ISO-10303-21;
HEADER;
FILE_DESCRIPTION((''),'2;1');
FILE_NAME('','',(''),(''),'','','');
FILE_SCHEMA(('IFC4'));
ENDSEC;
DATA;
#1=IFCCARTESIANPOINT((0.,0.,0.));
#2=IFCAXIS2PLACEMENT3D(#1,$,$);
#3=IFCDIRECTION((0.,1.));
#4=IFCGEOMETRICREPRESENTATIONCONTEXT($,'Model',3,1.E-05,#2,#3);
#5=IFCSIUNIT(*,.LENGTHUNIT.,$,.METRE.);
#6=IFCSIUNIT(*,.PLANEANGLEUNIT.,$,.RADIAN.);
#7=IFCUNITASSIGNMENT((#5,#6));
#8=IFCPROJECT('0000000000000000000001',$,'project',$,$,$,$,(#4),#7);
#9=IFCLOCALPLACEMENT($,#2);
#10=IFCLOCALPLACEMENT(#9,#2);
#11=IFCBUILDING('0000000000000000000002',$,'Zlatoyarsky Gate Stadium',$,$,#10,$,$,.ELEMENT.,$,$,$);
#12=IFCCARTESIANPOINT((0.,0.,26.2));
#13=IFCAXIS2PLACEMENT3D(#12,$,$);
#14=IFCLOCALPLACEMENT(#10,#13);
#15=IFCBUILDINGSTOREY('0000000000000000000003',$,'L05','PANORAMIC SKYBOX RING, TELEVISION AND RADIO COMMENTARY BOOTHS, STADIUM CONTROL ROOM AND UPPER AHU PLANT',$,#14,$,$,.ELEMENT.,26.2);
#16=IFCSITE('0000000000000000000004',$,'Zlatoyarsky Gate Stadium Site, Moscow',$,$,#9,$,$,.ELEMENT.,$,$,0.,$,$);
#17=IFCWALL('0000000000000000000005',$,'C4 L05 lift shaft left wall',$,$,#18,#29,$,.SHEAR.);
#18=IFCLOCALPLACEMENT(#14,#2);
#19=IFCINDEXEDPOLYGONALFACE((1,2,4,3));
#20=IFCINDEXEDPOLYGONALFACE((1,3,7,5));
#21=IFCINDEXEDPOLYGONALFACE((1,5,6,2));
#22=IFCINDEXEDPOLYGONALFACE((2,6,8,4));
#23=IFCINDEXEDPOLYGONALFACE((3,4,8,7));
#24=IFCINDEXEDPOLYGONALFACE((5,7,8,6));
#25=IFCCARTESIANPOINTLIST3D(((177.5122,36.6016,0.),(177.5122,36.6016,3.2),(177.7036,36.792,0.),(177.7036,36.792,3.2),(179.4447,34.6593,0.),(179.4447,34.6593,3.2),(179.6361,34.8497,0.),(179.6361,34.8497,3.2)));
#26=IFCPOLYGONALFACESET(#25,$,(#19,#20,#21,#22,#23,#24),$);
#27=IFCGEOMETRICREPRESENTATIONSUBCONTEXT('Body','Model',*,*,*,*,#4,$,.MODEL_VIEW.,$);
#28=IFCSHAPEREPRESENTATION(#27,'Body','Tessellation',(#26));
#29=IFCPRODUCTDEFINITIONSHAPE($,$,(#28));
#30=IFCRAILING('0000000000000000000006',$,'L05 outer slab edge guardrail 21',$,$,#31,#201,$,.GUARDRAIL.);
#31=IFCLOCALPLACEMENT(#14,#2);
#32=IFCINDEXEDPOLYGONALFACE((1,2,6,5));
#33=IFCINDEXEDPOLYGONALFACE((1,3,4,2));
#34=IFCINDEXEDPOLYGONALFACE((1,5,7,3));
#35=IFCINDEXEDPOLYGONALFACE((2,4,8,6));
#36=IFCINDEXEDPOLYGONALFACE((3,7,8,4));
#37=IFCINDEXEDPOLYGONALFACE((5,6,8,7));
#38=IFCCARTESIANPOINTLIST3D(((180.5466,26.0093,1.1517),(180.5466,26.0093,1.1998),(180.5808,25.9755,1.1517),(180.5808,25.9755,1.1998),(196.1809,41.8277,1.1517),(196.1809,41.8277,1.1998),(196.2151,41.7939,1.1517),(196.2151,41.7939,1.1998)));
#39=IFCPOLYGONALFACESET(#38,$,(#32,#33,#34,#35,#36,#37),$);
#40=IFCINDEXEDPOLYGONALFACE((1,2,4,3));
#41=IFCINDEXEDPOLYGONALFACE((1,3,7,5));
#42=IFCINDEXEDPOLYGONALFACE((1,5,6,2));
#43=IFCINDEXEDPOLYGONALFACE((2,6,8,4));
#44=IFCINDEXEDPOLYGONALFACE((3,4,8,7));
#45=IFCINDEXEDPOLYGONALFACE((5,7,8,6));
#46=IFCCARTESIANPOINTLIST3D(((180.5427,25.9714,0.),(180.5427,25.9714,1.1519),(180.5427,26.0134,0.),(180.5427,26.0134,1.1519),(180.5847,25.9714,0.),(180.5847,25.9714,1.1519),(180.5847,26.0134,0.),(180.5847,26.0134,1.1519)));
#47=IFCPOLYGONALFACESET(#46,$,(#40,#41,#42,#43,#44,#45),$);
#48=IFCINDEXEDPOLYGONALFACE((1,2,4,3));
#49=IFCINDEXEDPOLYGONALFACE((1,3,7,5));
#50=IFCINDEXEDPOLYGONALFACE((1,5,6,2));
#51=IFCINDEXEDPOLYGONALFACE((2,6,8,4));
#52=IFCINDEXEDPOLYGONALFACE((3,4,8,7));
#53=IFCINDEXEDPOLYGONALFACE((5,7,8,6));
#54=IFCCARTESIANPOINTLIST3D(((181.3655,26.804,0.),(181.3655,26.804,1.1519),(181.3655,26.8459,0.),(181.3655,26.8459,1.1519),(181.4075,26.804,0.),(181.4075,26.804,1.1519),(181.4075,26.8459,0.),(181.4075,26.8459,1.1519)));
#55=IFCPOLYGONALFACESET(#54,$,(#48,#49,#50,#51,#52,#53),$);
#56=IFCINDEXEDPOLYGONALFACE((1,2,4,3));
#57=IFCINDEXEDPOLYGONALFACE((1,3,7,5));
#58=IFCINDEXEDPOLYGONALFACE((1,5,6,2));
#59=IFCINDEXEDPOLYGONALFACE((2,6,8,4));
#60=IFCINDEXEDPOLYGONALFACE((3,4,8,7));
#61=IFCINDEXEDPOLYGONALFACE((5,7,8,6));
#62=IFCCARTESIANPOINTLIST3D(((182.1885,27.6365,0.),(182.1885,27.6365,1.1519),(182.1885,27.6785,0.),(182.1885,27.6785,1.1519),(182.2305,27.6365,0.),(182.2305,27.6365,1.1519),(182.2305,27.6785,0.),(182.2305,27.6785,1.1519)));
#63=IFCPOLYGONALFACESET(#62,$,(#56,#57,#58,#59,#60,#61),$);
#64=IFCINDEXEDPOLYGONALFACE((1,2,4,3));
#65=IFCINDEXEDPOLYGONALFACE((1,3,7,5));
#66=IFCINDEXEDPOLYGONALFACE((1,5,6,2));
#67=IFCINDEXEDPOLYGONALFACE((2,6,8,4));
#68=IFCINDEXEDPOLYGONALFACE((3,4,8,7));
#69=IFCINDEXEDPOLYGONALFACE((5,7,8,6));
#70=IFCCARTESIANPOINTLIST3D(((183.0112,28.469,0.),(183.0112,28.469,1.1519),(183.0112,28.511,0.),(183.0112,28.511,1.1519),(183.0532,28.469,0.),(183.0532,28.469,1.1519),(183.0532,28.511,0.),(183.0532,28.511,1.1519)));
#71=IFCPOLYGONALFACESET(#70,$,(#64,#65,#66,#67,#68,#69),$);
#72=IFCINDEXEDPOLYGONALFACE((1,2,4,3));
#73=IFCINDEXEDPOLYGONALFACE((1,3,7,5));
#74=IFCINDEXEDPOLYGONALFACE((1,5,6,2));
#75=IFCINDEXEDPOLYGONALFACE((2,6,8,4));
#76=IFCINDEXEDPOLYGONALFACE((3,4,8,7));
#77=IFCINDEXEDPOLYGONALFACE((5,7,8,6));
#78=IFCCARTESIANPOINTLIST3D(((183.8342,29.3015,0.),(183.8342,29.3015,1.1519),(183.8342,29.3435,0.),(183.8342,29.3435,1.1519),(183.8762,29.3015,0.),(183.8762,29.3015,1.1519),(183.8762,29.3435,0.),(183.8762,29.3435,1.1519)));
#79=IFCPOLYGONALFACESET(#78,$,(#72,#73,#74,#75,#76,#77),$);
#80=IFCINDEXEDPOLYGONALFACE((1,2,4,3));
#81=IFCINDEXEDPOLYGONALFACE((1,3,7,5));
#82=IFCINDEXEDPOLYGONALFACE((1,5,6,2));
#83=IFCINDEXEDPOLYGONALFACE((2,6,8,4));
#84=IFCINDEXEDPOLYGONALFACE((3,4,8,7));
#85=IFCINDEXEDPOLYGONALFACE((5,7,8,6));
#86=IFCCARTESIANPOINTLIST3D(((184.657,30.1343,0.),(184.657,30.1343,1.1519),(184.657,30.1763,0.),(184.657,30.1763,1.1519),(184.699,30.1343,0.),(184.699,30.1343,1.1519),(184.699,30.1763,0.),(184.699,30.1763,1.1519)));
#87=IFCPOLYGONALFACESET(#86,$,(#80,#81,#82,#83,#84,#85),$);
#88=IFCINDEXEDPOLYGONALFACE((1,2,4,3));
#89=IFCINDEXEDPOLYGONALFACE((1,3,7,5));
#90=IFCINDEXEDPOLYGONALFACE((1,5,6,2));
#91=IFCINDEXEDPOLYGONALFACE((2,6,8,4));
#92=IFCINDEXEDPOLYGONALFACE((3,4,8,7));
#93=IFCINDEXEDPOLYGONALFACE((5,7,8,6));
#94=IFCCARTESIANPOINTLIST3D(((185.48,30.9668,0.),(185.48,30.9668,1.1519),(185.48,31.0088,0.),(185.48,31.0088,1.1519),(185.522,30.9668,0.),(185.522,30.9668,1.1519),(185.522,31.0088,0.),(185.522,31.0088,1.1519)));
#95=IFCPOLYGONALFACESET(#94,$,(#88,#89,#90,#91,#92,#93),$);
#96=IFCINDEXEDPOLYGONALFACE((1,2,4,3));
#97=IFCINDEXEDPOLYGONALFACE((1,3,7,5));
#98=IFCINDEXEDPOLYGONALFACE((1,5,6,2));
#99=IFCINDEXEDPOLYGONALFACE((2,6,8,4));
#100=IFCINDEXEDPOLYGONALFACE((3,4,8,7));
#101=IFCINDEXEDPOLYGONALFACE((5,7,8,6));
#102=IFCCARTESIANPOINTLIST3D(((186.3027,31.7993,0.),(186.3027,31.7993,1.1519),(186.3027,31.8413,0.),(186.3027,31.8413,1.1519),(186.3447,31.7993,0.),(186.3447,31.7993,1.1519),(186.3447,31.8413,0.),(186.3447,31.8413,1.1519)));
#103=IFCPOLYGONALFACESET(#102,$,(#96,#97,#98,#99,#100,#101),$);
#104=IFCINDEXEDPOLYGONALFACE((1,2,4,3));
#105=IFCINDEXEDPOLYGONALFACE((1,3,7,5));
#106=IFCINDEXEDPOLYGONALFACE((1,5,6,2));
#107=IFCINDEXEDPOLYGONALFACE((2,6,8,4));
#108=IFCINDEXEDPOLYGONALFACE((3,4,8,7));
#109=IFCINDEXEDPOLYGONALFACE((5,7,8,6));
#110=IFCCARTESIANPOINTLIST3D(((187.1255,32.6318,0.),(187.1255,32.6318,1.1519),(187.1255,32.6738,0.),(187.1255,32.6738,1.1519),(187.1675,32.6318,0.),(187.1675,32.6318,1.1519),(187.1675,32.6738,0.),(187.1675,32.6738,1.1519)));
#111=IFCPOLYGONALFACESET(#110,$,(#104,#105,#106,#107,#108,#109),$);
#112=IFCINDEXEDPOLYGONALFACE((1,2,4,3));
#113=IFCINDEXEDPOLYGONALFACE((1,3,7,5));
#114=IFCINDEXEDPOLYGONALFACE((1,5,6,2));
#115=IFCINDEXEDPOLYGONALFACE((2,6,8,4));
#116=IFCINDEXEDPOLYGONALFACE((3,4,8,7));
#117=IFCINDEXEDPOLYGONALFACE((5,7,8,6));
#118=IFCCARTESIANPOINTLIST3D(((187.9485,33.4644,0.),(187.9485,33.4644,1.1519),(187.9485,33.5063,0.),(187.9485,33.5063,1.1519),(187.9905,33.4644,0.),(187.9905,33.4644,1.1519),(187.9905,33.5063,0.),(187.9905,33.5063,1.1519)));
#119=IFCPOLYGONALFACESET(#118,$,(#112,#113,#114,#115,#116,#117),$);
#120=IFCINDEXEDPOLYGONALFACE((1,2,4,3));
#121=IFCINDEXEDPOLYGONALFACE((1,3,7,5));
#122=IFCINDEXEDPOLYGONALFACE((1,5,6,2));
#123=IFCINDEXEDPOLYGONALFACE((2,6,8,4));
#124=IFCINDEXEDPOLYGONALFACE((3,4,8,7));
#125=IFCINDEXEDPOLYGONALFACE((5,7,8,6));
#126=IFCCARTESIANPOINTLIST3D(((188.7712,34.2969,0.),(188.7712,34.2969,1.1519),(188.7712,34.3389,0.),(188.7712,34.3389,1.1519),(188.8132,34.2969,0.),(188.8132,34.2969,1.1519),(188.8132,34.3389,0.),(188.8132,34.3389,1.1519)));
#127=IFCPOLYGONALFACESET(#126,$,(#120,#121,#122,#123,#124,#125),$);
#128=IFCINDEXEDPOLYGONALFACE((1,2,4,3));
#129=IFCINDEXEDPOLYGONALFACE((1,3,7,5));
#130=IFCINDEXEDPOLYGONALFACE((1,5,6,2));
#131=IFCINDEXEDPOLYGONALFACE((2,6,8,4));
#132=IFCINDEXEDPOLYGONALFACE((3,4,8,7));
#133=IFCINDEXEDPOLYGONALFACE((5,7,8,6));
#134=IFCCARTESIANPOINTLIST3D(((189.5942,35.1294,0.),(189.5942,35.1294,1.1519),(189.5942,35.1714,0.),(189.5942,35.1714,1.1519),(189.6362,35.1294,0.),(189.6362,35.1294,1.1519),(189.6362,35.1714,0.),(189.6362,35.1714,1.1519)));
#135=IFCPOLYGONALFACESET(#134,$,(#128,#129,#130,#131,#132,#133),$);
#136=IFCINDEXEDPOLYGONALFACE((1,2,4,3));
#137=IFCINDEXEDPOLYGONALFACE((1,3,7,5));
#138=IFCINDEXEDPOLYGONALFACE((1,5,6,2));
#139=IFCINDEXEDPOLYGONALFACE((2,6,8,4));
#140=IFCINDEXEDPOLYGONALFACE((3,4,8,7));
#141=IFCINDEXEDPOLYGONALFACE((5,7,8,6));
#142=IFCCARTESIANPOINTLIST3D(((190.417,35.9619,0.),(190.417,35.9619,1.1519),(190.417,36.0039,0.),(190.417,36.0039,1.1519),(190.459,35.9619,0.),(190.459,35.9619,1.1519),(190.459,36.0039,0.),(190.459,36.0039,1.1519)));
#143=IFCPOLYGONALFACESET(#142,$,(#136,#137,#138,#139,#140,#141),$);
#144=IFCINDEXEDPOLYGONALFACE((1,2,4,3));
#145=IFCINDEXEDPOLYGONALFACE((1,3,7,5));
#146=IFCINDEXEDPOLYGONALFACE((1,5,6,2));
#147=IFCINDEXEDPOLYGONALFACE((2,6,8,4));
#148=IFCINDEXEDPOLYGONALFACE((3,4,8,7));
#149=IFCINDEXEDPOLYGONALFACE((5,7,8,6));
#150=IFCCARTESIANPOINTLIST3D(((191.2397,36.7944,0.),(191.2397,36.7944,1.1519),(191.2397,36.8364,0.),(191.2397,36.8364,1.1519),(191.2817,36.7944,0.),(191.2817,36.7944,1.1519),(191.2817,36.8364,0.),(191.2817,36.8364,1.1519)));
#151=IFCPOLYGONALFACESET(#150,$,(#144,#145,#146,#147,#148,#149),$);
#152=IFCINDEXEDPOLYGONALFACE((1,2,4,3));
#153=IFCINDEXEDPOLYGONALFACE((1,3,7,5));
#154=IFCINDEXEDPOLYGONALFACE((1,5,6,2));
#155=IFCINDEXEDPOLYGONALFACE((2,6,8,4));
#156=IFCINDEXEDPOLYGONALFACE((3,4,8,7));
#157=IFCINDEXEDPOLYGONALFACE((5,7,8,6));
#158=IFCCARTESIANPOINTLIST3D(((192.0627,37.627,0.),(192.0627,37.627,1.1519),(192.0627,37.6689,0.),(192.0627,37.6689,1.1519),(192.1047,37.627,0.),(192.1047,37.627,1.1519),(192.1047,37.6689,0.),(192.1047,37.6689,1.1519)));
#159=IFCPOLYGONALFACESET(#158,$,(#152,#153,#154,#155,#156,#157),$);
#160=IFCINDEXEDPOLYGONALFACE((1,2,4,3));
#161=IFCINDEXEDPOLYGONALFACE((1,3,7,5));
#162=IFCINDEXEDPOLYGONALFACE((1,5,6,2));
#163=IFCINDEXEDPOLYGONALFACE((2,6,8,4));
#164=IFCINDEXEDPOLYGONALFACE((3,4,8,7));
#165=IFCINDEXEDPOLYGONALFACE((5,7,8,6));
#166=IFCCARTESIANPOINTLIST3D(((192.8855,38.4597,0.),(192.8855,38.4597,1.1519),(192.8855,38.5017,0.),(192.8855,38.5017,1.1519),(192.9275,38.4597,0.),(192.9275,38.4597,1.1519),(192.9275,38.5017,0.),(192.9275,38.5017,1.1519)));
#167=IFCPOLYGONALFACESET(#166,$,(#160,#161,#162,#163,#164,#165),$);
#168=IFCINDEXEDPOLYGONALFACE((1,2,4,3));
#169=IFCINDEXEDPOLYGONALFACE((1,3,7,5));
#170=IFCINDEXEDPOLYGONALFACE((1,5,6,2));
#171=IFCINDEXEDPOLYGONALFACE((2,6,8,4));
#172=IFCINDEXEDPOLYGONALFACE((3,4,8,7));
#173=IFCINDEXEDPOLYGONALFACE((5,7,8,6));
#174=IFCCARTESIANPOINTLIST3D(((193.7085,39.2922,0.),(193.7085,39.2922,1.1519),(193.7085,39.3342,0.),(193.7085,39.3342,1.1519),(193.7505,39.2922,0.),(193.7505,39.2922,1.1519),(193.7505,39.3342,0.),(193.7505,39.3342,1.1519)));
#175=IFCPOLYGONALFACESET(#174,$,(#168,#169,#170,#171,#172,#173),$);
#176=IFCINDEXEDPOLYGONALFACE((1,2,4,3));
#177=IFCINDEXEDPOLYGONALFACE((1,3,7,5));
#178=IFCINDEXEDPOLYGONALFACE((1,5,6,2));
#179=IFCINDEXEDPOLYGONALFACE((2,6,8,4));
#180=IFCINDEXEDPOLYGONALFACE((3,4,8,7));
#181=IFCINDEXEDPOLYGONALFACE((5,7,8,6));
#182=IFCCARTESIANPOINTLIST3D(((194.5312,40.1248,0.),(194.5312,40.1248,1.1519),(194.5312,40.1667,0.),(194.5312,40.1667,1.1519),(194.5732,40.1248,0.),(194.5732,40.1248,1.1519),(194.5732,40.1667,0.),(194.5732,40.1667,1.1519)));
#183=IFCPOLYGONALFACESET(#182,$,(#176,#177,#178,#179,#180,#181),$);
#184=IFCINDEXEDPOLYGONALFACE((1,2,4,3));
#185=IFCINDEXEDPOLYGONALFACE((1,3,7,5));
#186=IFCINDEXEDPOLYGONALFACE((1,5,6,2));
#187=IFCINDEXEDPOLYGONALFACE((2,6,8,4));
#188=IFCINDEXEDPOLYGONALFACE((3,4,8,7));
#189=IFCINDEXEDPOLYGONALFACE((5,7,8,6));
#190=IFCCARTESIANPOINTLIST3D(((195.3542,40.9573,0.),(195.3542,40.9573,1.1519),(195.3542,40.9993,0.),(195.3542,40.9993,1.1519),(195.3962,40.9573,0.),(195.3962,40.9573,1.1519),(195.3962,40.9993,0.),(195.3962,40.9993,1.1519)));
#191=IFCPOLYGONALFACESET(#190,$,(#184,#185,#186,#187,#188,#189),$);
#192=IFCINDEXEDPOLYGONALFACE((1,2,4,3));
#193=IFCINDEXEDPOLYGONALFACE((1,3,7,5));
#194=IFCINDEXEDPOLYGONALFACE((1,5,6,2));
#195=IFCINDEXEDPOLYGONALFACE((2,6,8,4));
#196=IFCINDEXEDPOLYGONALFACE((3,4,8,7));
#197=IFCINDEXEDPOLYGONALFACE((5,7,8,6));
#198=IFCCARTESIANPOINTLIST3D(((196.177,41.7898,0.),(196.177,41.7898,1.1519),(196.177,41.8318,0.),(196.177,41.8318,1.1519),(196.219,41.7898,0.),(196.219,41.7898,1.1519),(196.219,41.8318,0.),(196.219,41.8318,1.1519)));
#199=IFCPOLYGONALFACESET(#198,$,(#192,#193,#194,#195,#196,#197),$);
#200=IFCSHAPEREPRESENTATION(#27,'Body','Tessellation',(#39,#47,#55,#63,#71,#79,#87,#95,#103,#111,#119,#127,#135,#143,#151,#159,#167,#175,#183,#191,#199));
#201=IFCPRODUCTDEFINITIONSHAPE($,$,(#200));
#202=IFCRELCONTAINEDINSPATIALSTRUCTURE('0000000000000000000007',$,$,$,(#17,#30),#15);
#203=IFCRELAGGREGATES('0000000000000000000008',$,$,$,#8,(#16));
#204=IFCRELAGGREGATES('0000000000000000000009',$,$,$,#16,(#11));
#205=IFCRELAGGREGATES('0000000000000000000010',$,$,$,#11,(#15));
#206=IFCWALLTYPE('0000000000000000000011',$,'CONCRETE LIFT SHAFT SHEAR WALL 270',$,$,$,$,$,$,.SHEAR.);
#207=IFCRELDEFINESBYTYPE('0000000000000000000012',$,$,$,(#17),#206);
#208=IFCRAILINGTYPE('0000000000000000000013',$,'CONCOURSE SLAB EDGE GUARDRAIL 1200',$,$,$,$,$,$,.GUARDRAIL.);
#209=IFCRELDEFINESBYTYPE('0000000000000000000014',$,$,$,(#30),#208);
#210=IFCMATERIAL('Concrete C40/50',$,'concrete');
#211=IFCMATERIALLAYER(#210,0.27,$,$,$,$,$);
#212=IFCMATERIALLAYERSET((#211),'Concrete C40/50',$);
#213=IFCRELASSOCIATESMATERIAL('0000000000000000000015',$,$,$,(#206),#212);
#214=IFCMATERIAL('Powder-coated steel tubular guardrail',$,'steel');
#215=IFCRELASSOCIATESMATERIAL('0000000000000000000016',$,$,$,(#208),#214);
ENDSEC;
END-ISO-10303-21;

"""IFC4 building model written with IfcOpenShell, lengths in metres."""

from ifc_helpers import new_model, si_unit, direction, frame, frame_2d, origin, origin_2d, place, context, subcontext, project, spatial, rectangle, extrude, material, layer, layer_set, type_object, element, save


model = new_model("IFC4")

# Units and contexts
model_context = context("Model", 3, precision=1e-05, world=origin(), true_north=direction((0.0, 1.0)))
body_context = subcontext(model_context, "Body", "Model", "MODEL_VIEW")
ifc_project = project(units=[si_unit("LENGTHUNIT", "METRE"), si_unit("PLANEANGLEUNIT", "RADIAN")], contexts=[model_context])

# Site, building, storey
site_placement = place(None, origin())
site = spatial("IfcSite", under=ifc_project, at=site_placement, Name="Zlatoyarsky Gate Stadium Site, Moscow", CompositionType="ELEMENT", RefElevation=0.0)
building_placement = place(site_placement, origin())
building = spatial("IfcBuilding", under=site, at=building_placement, Name="Zlatoyarsky Gate Stadium", CompositionType="ELEMENT")
storey_placement = place(building_placement, frame((0.0, 0.0, 26.2)))
storey = spatial("IfcBuildingStorey", under=building, at=storey_placement, Name="L05", Description="PANORAMIC SKYBOX RING, TELEVISION AND RADIO COMMENTARY BOOTHS, STADIUM CONTROL ROOM AND UPPER AHU PLANT", CompositionType="ELEMENT", Elevation=26.2)

# Wall
ifc_material_1 = material(Name="Concrete C40/50", Category="concrete")
ifc_layer_1 = layer(ifc_material_1, 0.27)
ifc_layer_set_1 = layer_set([ifc_layer_1], Name="Concrete C40/50")
wall_type = type_object("IfcWallType", Name="CONCRETE LIFT SHAFT SHEAR WALL 270", PredefinedType="SHEAR", material=ifc_layer_set_1)
wall_1_placement = place(storey_placement, frame((179.5405, 34.7544, 0.0), z_axis=(0.0, 0.0, 1.0), x_axis=(-0.705323, 0.708887, 0.0)))
element("IfcWall", 1, at=wall_1_placement, inside=storey, type_object=wall_type, Name="C4 L05 lift shaft left wall", PredefinedType="SHEAR", context=body_context, shape_type="SweptSolid", body=[
    extrude(rectangle(XDim=2.74, YDim=0.27, at=frame_2d((1.3701, 0.0))), origin(), (0.0, 0.0, 1.0), 3.2),
])

# Railing
ifc_material_2 = material(Name="Powder-coated steel tubular guardrail", Category="steel")
railing_type = type_object("IfcRailingType", Name="CONCOURSE SLAB EDGE GUARDRAIL 1200", PredefinedType="GUARDRAIL", material=ifc_material_2)
railing_placement = place(storey_placement, frame((180.5637, 25.9924, 0.0)))
element("IfcRailing", 2, at=railing_placement, inside=storey, type_object=railing_type, Name="L05 outer slab edge guardrail 21", PredefinedType="GUARDRAIL", context=body_context, shape_type="SweptSolid", body=[
    extrude(rectangle(XDim=0.0481, YDim=0.0481, at=origin_2d()), frame((0.0, 0.0, 1.1758), z_axis=(0.702956, 0.711233, 0.0), x_axis=(-0.711233, 0.702956, 0.0)), (0.0, 0.0, 1.0), 22.2407),
    extrude(rectangle(XDim=0.042, YDim=0.042, at=origin_2d()), origin(), (0.0, 0.0, 1.0), 1.1519),
    extrude(rectangle(XDim=0.042, YDim=0.042, at=origin_2d()), frame((0.8228, 0.8325, 0.0)), (0.0, 0.0, 1.0), 1.1519),
    extrude(rectangle(XDim=0.042, YDim=0.042, at=origin_2d()), frame((1.6458, 1.665, 0.0)), (0.0, 0.0, 1.0), 1.1519),
    extrude(rectangle(XDim=0.042, YDim=0.042, at=origin_2d()), frame((2.4685, 2.4976, 0.0)), (0.0, 0.0, 1.0), 1.1519),
    extrude(rectangle(XDim=0.042, YDim=0.042, at=origin_2d()), frame((3.2915, 3.3301, 0.0)), (0.0, 0.0, 1.0), 1.1519),
    extrude(rectangle(XDim=0.042, YDim=0.042, at=origin_2d()), frame((4.1143, 4.1628, 0.0)), (0.0, 0.0, 1.0), 1.1519),
    extrude(rectangle(XDim=0.042, YDim=0.042, at=origin_2d()), frame((4.9373, 4.9954, 0.0)), (0.0, 0.0, 1.0), 1.1519),
    extrude(rectangle(XDim=0.042, YDim=0.042, at=origin_2d()), frame((5.76, 5.8279, 0.0)), (0.0, 0.0, 1.0), 1.1519),
    extrude(rectangle(XDim=0.042, YDim=0.042, at=origin_2d()), frame((6.5828, 6.6604, 0.0)), (0.0, 0.0, 1.0), 1.1519),
    extrude(rectangle(XDim=0.042, YDim=0.042, at=origin_2d()), frame((7.4058, 7.4929, 0.0)), (0.0, 0.0, 1.0), 1.1519),
    extrude(rectangle(XDim=0.042, YDim=0.042, at=origin_2d()), frame((8.2285, 8.3254, 0.0)), (0.0, 0.0, 1.0), 1.1519),
    extrude(rectangle(XDim=0.042, YDim=0.042, at=origin_2d()), frame((9.0515, 9.158, 0.0)), (0.0, 0.0, 1.0), 1.1519),
    extrude(rectangle(XDim=0.042, YDim=0.042, at=origin_2d()), frame((9.8743, 9.9905, 0.0)), (0.0, 0.0, 1.0), 1.1519),
    extrude(rectangle(XDim=0.042, YDim=0.042, at=origin_2d()), frame((10.697, 10.823, 0.0)), (0.0, 0.0, 1.0), 1.1519),
    extrude(rectangle(XDim=0.042, YDim=0.042, at=origin_2d()), frame((11.52, 11.6555, 0.0)), (0.0, 0.0, 1.0), 1.1519),
    extrude(rectangle(XDim=0.042, YDim=0.042, at=origin_2d()), frame((12.3428, 12.4883, 0.0)), (0.0, 0.0, 1.0), 1.1519),
    extrude(rectangle(XDim=0.042, YDim=0.042, at=origin_2d()), frame((13.1658, 13.3208, 0.0)), (0.0, 0.0, 1.0), 1.1519),
    extrude(rectangle(XDim=0.042, YDim=0.042, at=origin_2d()), frame((13.9885, 14.1533, 0.0)), (0.0, 0.0, 1.0), 1.1519),
    extrude(rectangle(XDim=0.042, YDim=0.042, at=origin_2d()), frame((14.8115, 14.9858, 0.0)), (0.0, 0.0, 1.0), 1.1519),
    extrude(rectangle(XDim=0.042, YDim=0.042, at=origin_2d()), frame((15.6343, 15.8184, 0.0)), (0.0, 0.0, 1.0), 1.1519),
])

save(model, "model.ifc")
